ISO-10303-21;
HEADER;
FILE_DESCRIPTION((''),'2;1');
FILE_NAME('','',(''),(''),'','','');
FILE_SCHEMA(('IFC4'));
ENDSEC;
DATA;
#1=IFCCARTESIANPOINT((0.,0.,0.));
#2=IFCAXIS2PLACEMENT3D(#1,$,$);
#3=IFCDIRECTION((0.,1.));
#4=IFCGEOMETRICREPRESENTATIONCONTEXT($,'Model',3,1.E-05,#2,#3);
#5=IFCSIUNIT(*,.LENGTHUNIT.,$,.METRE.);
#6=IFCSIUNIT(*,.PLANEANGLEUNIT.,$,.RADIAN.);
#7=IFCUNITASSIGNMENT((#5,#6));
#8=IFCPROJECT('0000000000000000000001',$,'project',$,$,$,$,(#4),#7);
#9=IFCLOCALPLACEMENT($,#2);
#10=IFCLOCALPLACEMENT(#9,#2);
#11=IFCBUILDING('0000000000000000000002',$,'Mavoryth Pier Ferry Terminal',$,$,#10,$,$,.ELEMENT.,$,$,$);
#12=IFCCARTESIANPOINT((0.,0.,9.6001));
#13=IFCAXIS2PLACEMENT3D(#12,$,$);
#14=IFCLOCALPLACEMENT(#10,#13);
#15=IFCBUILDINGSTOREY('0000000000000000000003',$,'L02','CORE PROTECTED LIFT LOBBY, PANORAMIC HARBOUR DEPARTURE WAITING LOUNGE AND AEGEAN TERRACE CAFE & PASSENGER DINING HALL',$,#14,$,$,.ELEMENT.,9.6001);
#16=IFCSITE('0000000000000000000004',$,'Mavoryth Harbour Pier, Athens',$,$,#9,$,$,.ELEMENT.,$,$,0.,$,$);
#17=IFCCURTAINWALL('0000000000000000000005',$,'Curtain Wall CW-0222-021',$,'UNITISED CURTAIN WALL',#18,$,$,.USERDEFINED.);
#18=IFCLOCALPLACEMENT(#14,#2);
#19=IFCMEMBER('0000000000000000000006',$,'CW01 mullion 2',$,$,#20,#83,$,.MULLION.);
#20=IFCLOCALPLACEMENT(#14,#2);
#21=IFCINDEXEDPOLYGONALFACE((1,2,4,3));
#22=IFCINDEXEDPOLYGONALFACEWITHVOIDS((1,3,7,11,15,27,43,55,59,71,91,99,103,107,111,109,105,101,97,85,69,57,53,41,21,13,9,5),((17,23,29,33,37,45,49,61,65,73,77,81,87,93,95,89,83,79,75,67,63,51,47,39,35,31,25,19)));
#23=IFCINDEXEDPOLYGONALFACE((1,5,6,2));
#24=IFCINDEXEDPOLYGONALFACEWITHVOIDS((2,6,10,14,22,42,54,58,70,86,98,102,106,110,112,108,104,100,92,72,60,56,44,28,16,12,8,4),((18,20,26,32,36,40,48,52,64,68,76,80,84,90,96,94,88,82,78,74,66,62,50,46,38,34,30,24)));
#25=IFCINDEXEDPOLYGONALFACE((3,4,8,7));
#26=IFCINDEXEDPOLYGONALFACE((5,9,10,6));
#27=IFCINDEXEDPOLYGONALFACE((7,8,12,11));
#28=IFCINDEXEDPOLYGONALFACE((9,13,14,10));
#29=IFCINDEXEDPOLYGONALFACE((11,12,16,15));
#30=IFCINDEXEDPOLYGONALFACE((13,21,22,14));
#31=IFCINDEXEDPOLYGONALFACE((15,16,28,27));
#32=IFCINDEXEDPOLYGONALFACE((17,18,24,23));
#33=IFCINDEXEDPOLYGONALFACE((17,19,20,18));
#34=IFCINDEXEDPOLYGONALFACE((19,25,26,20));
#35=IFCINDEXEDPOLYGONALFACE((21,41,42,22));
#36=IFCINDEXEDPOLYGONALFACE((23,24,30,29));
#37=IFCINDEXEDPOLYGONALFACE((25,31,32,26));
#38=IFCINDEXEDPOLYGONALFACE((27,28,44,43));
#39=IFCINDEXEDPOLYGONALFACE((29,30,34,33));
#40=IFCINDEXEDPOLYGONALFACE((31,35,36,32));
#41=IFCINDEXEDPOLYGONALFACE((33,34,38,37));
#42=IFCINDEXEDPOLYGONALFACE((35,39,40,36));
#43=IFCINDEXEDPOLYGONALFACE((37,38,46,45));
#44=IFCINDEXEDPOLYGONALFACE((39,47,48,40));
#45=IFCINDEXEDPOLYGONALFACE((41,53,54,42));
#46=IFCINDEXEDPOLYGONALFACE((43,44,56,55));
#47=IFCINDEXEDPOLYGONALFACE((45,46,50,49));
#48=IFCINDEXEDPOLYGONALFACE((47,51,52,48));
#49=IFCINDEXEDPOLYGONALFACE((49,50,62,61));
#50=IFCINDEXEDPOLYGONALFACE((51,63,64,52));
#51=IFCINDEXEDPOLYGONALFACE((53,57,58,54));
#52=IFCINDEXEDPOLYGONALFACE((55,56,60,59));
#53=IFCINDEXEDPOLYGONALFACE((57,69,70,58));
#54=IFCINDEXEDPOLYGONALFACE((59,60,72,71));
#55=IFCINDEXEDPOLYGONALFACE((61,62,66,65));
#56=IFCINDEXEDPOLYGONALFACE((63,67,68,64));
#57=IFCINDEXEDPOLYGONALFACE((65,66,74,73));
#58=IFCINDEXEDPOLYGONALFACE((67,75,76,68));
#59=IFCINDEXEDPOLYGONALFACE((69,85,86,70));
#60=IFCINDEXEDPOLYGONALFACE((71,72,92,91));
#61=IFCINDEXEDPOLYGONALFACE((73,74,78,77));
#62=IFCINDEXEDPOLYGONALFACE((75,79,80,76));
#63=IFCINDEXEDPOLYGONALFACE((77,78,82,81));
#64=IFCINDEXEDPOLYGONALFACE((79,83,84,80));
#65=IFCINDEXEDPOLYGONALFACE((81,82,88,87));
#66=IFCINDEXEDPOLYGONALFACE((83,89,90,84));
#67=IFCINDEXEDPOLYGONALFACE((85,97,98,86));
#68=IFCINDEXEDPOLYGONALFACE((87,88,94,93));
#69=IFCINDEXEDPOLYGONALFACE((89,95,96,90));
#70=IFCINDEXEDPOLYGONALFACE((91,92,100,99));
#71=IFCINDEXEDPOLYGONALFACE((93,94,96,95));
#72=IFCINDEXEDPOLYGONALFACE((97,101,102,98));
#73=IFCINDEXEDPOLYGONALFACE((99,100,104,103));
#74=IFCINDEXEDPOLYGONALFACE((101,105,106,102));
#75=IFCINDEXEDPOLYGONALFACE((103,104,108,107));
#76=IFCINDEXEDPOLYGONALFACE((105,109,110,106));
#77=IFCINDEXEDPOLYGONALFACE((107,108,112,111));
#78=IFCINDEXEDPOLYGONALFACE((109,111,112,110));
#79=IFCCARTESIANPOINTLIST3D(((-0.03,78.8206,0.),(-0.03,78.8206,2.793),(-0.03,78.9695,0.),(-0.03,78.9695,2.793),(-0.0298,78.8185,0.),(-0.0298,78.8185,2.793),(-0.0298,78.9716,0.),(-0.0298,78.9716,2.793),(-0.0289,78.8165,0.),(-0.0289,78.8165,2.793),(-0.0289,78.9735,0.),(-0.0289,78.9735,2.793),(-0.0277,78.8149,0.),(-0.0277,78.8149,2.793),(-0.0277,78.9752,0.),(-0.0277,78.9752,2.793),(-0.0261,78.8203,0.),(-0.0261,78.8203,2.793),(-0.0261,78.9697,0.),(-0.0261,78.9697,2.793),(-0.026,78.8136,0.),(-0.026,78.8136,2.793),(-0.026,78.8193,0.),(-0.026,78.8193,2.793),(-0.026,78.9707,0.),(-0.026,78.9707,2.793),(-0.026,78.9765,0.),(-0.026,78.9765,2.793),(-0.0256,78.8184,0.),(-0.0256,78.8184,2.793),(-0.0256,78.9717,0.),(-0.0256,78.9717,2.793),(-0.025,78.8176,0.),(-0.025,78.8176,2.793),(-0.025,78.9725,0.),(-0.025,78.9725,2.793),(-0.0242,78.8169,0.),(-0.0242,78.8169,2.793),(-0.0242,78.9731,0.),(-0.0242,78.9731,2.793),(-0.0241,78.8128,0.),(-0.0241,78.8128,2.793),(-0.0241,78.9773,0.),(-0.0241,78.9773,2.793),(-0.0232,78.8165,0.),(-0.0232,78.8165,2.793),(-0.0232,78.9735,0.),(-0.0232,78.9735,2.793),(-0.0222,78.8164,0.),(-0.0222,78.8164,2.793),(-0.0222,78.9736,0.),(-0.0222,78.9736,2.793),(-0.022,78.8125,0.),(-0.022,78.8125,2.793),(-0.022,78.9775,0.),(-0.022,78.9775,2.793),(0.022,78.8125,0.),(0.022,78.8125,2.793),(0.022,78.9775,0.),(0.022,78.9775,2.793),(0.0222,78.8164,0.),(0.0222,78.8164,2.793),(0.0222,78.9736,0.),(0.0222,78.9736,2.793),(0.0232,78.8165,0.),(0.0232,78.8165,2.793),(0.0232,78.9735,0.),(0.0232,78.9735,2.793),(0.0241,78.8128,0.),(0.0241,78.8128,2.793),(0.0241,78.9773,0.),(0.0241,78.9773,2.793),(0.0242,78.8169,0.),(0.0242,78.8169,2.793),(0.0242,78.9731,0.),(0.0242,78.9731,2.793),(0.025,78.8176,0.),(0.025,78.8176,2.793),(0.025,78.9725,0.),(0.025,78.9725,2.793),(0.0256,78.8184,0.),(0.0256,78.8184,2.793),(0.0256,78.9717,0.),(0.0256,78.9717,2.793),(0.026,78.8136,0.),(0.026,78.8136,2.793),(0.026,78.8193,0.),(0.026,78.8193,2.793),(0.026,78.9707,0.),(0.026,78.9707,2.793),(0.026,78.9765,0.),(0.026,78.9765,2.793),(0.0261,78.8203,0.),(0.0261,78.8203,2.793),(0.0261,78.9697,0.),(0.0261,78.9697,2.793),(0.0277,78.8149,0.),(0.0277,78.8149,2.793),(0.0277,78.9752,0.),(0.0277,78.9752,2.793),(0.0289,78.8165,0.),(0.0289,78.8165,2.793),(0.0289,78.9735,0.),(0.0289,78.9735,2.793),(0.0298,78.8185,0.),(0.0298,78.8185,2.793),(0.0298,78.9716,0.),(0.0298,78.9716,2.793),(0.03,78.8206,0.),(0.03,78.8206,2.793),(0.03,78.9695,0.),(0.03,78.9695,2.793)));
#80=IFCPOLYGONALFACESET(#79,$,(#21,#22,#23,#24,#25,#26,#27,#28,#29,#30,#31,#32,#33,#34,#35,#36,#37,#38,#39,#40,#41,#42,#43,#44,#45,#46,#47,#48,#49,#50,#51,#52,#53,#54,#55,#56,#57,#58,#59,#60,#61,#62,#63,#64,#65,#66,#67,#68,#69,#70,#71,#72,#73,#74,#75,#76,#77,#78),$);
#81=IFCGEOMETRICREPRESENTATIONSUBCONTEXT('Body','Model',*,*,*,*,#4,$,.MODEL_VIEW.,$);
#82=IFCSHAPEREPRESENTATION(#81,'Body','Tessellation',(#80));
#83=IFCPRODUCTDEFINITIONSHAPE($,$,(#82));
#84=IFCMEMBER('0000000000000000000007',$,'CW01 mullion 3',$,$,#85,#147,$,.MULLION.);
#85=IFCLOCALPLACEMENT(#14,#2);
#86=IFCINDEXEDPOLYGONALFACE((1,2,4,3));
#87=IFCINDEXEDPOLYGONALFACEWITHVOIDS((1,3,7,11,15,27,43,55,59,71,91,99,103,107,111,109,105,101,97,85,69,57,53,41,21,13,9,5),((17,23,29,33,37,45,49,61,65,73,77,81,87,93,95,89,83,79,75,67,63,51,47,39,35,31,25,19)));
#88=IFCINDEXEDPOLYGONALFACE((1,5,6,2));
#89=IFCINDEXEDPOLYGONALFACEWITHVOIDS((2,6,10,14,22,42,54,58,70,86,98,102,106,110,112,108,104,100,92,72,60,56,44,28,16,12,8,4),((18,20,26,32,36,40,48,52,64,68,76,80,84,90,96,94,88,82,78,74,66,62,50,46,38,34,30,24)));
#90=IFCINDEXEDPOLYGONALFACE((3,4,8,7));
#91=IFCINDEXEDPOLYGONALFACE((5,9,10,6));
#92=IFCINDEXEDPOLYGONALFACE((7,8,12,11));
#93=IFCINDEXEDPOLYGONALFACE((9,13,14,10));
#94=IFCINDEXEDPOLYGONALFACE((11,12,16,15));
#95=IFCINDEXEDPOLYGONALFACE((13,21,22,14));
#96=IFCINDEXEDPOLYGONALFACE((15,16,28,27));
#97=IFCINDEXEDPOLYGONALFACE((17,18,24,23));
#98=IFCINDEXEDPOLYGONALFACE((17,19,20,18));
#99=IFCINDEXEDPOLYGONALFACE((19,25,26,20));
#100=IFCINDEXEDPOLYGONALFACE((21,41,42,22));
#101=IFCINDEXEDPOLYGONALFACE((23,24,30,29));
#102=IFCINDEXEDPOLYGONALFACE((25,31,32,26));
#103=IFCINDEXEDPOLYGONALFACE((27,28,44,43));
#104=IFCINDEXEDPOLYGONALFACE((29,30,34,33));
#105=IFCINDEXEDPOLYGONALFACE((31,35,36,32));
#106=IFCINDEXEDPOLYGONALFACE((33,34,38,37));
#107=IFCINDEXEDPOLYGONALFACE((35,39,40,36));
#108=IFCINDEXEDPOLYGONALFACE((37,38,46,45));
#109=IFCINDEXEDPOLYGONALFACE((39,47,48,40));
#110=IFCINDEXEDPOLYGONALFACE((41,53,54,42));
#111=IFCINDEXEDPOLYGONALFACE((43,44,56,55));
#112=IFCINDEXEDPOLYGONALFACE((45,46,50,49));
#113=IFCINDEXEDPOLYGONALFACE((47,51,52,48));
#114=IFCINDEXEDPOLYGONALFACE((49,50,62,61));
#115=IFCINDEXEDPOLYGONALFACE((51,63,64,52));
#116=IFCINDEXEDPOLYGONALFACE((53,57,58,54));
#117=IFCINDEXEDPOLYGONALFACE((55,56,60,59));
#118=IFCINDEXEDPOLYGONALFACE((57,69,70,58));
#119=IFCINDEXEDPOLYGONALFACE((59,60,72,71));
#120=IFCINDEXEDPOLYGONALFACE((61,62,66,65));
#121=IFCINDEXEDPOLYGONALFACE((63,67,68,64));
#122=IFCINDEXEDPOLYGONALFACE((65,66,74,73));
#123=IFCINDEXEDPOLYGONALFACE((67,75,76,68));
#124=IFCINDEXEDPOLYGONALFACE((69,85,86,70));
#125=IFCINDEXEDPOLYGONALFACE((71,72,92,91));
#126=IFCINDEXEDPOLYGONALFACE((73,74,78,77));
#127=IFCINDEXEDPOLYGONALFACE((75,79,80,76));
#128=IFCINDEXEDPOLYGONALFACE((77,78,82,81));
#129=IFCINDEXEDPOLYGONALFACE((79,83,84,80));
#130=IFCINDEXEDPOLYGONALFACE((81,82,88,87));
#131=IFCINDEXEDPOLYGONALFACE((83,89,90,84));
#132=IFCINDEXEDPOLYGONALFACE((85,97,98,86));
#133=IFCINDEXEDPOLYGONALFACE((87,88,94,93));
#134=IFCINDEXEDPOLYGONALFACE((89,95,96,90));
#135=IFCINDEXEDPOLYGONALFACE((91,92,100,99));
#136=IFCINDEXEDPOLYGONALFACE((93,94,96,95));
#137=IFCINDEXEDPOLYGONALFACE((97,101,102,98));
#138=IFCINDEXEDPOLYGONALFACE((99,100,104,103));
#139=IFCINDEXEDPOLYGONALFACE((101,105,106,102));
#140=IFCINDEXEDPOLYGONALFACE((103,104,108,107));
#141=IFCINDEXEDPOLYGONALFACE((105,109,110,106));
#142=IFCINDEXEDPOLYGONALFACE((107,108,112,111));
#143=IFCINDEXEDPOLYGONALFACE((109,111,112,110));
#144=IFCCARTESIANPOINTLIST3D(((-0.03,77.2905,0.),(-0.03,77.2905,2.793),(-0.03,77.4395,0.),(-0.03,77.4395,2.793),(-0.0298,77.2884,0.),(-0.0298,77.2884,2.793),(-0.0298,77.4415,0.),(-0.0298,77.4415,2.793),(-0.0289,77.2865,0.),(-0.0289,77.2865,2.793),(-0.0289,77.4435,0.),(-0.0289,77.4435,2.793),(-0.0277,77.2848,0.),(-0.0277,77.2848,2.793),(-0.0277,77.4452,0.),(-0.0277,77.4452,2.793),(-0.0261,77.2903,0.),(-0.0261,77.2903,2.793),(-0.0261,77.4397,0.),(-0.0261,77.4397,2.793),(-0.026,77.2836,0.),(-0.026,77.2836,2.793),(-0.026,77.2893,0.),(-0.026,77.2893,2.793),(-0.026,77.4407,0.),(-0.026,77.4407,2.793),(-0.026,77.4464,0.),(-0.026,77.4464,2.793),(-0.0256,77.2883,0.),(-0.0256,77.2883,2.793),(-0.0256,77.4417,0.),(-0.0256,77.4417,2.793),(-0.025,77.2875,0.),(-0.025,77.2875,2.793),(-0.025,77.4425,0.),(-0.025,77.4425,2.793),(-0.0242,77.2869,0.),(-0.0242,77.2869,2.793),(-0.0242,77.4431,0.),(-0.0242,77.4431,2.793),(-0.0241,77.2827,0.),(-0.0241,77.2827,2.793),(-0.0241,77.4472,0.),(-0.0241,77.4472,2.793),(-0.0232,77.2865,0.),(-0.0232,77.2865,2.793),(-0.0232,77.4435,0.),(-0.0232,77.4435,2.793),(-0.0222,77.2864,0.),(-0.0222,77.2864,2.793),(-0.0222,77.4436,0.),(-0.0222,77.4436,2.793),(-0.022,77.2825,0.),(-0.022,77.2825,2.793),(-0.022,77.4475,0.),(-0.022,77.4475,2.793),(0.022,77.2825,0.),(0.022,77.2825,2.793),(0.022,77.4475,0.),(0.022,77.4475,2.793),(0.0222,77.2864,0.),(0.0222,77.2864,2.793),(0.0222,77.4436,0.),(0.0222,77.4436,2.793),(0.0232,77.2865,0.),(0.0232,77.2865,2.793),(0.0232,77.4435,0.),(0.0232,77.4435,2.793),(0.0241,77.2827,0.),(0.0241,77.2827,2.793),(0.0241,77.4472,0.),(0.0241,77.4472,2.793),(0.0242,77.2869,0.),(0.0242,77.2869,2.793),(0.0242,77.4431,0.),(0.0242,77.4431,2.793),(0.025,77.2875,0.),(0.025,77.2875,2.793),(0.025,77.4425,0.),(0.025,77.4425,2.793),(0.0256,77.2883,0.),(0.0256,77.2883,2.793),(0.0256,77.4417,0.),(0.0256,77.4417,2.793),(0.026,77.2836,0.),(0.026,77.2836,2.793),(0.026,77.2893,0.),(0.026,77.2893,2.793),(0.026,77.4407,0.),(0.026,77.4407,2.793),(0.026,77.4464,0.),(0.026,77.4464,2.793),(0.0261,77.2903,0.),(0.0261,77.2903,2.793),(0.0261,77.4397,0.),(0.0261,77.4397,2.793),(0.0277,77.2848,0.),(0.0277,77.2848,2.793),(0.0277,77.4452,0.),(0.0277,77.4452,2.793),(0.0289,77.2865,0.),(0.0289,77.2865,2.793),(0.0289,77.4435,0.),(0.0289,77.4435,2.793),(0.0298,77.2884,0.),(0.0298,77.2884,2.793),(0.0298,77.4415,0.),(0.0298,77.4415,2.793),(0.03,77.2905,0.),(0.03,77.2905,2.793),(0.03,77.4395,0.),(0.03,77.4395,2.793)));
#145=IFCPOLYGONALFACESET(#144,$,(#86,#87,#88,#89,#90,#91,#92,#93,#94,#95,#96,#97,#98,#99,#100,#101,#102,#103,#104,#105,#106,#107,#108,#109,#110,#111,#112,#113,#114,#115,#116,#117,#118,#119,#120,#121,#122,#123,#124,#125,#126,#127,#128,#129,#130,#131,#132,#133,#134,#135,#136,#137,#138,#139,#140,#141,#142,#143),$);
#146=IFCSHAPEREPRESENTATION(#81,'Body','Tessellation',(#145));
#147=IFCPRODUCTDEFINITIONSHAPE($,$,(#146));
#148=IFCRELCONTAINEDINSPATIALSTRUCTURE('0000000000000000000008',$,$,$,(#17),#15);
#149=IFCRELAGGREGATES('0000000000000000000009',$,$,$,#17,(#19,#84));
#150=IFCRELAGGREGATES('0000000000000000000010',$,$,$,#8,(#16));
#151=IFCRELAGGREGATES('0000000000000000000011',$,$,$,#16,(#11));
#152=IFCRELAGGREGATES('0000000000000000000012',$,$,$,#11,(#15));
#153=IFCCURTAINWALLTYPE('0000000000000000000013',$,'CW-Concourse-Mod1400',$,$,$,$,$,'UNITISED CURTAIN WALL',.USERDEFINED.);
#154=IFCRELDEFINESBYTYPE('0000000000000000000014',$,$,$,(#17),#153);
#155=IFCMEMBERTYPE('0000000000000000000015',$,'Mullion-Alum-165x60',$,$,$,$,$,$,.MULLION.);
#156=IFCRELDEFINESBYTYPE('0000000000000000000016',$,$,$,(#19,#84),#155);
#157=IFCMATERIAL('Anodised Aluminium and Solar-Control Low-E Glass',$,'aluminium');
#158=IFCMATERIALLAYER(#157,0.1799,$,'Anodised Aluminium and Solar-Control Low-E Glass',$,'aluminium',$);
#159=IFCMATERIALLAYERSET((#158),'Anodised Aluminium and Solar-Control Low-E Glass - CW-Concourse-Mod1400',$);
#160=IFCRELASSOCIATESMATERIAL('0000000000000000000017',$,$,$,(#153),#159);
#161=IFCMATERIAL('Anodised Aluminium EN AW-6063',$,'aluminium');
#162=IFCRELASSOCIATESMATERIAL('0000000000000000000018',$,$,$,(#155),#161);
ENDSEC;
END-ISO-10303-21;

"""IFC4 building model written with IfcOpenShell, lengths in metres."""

from ifc_helpers import new_model, si_unit, direction, frame, origin, origin_2d, place, context, subcontext, project, spatial, hollow_rectangle, extrude, material, layer, layer_set, material_profile, profile_set, type_object, element, aggregate, save


model = new_model("IFC4")

# Units and contexts
model_context = context("Model", 3, precision=1e-05, world=origin(), true_north=direction((0.0, 1.0)))
body_context = subcontext(model_context, "Body", "Model", "MODEL_VIEW")
ifc_project = project(units=[si_unit("LENGTHUNIT", "METRE"), si_unit("PLANEANGLEUNIT", "RADIAN")], contexts=[model_context])

# Site, building, storey
site_placement = place(None, origin())
site = spatial("IfcSite", under=ifc_project, at=site_placement, Name="Mavoryth Harbour Pier, Athens", CompositionType="ELEMENT", RefElevation=0.0)
building_placement = place(site_placement, origin())
building = spatial("IfcBuilding", under=site, at=building_placement, Name="Mavoryth Pier Ferry Terminal", CompositionType="ELEMENT")
storey_placement = place(building_placement, frame((0.0, 0.0, 9.6001)))
storey = spatial("IfcBuildingStorey", under=building, at=storey_placement, Name="L02", Description="CORE PROTECTED LIFT LOBBY, PANORAMIC HARBOUR DEPARTURE WAITING LOUNGE AND AEGEAN TERRACE CAFE & PASSENGER DINING HALL", CompositionType="ELEMENT", Elevation=9.6001)

# Curtain wall, members
ifc_material_1 = material(Name="Anodised Aluminium and Solar-Control Low-E Glass", Category="aluminium")
ifc_layer_1 = layer(ifc_material_1, 0.1799, Name="Anodised Aluminium and Solar-Control Low-E Glass", Category="aluminium")
ifc_layer_set_1 = layer_set([ifc_layer_1], Name="Anodised Aluminium and Solar-Control Low-E Glass - CW-Concourse-Mod1400")
curtain_wall_type = type_object("IfcCurtainWallType", Name="CW-Concourse-Mod1400", ElementType="UNITISED CURTAIN WALL", PredefinedType="USERDEFINED", material=ifc_layer_set_1)
curtain_wall_placement = place(storey_placement, origin())
curtain_wall = element("IfcCurtainWall", 1, at=curtain_wall_placement, inside=storey, type_object=curtain_wall_type, Name="Curtain Wall CW-0222-021", ObjectType="UNITISED CURTAIN WALL", PredefinedType="USERDEFINED")
ifc_material_2 = material(Name="Anodised Aluminium EN AW-6063", Category="aluminium")
ifc_material_profile_1 = material_profile(ifc_material_2, hollow_rectangle(XDim=0.0601, YDim=0.165, WallThickness=0.0039, InnerFilletRadius=0.0039, OuterFilletRadius=0.0081, at=origin_2d()), Name="AL-MULL 165x60x4", Category="aluminium")
ifc_profile_set_1 = profile_set([ifc_material_profile_1], Name="Anodised Aluminium EN AW-6063 - AL-MULL 165x60x4")
member_type_1 = type_object("IfcMemberType", Name="Mullion-Alum-165x60", PredefinedType="MULLION", material=ifc_profile_set_1)
member_1_placement = place(storey_placement, frame((0.0, 78.895, 0.0), z_axis=(0.0, 0.0, 1.0), x_axis=(1.0, 0.0, 0.0)))
member_1 = element("IfcMember", 2, at=member_1_placement, type_object=member_type_1, Name="CW01 mullion 2", PredefinedType="MULLION", context=body_context, shape_type="SweptSolid", body=[
    extrude(hollow_rectangle(XDim=0.0601, YDim=0.165, WallThickness=0.0039, InnerFilletRadius=0.0039, OuterFilletRadius=0.0081, at=origin_2d()), origin(), (0.0, 0.0, 1.0), 2.793),
])
member_2_placement = place(storey_placement, frame((0.0, 77.365, 0.0), z_axis=(0.0, 0.0, 1.0), x_axis=(1.0, 0.0, 0.0)))
member_2 = element("IfcMember", 3, at=member_2_placement, type_object=member_type_1, Name="CW01 mullion 3", PredefinedType="MULLION", context=body_context, shape_type="SweptSolid", body=[
    extrude(hollow_rectangle(XDim=0.0601, YDim=0.165, WallThickness=0.0039, InnerFilletRadius=0.0039, OuterFilletRadius=0.0081, at=origin_2d()), origin(), (0.0, 0.0, 1.0), 2.793),
])

aggregate(curtain_wall, [member_1, member_2])

save(model, "model.ifc")
